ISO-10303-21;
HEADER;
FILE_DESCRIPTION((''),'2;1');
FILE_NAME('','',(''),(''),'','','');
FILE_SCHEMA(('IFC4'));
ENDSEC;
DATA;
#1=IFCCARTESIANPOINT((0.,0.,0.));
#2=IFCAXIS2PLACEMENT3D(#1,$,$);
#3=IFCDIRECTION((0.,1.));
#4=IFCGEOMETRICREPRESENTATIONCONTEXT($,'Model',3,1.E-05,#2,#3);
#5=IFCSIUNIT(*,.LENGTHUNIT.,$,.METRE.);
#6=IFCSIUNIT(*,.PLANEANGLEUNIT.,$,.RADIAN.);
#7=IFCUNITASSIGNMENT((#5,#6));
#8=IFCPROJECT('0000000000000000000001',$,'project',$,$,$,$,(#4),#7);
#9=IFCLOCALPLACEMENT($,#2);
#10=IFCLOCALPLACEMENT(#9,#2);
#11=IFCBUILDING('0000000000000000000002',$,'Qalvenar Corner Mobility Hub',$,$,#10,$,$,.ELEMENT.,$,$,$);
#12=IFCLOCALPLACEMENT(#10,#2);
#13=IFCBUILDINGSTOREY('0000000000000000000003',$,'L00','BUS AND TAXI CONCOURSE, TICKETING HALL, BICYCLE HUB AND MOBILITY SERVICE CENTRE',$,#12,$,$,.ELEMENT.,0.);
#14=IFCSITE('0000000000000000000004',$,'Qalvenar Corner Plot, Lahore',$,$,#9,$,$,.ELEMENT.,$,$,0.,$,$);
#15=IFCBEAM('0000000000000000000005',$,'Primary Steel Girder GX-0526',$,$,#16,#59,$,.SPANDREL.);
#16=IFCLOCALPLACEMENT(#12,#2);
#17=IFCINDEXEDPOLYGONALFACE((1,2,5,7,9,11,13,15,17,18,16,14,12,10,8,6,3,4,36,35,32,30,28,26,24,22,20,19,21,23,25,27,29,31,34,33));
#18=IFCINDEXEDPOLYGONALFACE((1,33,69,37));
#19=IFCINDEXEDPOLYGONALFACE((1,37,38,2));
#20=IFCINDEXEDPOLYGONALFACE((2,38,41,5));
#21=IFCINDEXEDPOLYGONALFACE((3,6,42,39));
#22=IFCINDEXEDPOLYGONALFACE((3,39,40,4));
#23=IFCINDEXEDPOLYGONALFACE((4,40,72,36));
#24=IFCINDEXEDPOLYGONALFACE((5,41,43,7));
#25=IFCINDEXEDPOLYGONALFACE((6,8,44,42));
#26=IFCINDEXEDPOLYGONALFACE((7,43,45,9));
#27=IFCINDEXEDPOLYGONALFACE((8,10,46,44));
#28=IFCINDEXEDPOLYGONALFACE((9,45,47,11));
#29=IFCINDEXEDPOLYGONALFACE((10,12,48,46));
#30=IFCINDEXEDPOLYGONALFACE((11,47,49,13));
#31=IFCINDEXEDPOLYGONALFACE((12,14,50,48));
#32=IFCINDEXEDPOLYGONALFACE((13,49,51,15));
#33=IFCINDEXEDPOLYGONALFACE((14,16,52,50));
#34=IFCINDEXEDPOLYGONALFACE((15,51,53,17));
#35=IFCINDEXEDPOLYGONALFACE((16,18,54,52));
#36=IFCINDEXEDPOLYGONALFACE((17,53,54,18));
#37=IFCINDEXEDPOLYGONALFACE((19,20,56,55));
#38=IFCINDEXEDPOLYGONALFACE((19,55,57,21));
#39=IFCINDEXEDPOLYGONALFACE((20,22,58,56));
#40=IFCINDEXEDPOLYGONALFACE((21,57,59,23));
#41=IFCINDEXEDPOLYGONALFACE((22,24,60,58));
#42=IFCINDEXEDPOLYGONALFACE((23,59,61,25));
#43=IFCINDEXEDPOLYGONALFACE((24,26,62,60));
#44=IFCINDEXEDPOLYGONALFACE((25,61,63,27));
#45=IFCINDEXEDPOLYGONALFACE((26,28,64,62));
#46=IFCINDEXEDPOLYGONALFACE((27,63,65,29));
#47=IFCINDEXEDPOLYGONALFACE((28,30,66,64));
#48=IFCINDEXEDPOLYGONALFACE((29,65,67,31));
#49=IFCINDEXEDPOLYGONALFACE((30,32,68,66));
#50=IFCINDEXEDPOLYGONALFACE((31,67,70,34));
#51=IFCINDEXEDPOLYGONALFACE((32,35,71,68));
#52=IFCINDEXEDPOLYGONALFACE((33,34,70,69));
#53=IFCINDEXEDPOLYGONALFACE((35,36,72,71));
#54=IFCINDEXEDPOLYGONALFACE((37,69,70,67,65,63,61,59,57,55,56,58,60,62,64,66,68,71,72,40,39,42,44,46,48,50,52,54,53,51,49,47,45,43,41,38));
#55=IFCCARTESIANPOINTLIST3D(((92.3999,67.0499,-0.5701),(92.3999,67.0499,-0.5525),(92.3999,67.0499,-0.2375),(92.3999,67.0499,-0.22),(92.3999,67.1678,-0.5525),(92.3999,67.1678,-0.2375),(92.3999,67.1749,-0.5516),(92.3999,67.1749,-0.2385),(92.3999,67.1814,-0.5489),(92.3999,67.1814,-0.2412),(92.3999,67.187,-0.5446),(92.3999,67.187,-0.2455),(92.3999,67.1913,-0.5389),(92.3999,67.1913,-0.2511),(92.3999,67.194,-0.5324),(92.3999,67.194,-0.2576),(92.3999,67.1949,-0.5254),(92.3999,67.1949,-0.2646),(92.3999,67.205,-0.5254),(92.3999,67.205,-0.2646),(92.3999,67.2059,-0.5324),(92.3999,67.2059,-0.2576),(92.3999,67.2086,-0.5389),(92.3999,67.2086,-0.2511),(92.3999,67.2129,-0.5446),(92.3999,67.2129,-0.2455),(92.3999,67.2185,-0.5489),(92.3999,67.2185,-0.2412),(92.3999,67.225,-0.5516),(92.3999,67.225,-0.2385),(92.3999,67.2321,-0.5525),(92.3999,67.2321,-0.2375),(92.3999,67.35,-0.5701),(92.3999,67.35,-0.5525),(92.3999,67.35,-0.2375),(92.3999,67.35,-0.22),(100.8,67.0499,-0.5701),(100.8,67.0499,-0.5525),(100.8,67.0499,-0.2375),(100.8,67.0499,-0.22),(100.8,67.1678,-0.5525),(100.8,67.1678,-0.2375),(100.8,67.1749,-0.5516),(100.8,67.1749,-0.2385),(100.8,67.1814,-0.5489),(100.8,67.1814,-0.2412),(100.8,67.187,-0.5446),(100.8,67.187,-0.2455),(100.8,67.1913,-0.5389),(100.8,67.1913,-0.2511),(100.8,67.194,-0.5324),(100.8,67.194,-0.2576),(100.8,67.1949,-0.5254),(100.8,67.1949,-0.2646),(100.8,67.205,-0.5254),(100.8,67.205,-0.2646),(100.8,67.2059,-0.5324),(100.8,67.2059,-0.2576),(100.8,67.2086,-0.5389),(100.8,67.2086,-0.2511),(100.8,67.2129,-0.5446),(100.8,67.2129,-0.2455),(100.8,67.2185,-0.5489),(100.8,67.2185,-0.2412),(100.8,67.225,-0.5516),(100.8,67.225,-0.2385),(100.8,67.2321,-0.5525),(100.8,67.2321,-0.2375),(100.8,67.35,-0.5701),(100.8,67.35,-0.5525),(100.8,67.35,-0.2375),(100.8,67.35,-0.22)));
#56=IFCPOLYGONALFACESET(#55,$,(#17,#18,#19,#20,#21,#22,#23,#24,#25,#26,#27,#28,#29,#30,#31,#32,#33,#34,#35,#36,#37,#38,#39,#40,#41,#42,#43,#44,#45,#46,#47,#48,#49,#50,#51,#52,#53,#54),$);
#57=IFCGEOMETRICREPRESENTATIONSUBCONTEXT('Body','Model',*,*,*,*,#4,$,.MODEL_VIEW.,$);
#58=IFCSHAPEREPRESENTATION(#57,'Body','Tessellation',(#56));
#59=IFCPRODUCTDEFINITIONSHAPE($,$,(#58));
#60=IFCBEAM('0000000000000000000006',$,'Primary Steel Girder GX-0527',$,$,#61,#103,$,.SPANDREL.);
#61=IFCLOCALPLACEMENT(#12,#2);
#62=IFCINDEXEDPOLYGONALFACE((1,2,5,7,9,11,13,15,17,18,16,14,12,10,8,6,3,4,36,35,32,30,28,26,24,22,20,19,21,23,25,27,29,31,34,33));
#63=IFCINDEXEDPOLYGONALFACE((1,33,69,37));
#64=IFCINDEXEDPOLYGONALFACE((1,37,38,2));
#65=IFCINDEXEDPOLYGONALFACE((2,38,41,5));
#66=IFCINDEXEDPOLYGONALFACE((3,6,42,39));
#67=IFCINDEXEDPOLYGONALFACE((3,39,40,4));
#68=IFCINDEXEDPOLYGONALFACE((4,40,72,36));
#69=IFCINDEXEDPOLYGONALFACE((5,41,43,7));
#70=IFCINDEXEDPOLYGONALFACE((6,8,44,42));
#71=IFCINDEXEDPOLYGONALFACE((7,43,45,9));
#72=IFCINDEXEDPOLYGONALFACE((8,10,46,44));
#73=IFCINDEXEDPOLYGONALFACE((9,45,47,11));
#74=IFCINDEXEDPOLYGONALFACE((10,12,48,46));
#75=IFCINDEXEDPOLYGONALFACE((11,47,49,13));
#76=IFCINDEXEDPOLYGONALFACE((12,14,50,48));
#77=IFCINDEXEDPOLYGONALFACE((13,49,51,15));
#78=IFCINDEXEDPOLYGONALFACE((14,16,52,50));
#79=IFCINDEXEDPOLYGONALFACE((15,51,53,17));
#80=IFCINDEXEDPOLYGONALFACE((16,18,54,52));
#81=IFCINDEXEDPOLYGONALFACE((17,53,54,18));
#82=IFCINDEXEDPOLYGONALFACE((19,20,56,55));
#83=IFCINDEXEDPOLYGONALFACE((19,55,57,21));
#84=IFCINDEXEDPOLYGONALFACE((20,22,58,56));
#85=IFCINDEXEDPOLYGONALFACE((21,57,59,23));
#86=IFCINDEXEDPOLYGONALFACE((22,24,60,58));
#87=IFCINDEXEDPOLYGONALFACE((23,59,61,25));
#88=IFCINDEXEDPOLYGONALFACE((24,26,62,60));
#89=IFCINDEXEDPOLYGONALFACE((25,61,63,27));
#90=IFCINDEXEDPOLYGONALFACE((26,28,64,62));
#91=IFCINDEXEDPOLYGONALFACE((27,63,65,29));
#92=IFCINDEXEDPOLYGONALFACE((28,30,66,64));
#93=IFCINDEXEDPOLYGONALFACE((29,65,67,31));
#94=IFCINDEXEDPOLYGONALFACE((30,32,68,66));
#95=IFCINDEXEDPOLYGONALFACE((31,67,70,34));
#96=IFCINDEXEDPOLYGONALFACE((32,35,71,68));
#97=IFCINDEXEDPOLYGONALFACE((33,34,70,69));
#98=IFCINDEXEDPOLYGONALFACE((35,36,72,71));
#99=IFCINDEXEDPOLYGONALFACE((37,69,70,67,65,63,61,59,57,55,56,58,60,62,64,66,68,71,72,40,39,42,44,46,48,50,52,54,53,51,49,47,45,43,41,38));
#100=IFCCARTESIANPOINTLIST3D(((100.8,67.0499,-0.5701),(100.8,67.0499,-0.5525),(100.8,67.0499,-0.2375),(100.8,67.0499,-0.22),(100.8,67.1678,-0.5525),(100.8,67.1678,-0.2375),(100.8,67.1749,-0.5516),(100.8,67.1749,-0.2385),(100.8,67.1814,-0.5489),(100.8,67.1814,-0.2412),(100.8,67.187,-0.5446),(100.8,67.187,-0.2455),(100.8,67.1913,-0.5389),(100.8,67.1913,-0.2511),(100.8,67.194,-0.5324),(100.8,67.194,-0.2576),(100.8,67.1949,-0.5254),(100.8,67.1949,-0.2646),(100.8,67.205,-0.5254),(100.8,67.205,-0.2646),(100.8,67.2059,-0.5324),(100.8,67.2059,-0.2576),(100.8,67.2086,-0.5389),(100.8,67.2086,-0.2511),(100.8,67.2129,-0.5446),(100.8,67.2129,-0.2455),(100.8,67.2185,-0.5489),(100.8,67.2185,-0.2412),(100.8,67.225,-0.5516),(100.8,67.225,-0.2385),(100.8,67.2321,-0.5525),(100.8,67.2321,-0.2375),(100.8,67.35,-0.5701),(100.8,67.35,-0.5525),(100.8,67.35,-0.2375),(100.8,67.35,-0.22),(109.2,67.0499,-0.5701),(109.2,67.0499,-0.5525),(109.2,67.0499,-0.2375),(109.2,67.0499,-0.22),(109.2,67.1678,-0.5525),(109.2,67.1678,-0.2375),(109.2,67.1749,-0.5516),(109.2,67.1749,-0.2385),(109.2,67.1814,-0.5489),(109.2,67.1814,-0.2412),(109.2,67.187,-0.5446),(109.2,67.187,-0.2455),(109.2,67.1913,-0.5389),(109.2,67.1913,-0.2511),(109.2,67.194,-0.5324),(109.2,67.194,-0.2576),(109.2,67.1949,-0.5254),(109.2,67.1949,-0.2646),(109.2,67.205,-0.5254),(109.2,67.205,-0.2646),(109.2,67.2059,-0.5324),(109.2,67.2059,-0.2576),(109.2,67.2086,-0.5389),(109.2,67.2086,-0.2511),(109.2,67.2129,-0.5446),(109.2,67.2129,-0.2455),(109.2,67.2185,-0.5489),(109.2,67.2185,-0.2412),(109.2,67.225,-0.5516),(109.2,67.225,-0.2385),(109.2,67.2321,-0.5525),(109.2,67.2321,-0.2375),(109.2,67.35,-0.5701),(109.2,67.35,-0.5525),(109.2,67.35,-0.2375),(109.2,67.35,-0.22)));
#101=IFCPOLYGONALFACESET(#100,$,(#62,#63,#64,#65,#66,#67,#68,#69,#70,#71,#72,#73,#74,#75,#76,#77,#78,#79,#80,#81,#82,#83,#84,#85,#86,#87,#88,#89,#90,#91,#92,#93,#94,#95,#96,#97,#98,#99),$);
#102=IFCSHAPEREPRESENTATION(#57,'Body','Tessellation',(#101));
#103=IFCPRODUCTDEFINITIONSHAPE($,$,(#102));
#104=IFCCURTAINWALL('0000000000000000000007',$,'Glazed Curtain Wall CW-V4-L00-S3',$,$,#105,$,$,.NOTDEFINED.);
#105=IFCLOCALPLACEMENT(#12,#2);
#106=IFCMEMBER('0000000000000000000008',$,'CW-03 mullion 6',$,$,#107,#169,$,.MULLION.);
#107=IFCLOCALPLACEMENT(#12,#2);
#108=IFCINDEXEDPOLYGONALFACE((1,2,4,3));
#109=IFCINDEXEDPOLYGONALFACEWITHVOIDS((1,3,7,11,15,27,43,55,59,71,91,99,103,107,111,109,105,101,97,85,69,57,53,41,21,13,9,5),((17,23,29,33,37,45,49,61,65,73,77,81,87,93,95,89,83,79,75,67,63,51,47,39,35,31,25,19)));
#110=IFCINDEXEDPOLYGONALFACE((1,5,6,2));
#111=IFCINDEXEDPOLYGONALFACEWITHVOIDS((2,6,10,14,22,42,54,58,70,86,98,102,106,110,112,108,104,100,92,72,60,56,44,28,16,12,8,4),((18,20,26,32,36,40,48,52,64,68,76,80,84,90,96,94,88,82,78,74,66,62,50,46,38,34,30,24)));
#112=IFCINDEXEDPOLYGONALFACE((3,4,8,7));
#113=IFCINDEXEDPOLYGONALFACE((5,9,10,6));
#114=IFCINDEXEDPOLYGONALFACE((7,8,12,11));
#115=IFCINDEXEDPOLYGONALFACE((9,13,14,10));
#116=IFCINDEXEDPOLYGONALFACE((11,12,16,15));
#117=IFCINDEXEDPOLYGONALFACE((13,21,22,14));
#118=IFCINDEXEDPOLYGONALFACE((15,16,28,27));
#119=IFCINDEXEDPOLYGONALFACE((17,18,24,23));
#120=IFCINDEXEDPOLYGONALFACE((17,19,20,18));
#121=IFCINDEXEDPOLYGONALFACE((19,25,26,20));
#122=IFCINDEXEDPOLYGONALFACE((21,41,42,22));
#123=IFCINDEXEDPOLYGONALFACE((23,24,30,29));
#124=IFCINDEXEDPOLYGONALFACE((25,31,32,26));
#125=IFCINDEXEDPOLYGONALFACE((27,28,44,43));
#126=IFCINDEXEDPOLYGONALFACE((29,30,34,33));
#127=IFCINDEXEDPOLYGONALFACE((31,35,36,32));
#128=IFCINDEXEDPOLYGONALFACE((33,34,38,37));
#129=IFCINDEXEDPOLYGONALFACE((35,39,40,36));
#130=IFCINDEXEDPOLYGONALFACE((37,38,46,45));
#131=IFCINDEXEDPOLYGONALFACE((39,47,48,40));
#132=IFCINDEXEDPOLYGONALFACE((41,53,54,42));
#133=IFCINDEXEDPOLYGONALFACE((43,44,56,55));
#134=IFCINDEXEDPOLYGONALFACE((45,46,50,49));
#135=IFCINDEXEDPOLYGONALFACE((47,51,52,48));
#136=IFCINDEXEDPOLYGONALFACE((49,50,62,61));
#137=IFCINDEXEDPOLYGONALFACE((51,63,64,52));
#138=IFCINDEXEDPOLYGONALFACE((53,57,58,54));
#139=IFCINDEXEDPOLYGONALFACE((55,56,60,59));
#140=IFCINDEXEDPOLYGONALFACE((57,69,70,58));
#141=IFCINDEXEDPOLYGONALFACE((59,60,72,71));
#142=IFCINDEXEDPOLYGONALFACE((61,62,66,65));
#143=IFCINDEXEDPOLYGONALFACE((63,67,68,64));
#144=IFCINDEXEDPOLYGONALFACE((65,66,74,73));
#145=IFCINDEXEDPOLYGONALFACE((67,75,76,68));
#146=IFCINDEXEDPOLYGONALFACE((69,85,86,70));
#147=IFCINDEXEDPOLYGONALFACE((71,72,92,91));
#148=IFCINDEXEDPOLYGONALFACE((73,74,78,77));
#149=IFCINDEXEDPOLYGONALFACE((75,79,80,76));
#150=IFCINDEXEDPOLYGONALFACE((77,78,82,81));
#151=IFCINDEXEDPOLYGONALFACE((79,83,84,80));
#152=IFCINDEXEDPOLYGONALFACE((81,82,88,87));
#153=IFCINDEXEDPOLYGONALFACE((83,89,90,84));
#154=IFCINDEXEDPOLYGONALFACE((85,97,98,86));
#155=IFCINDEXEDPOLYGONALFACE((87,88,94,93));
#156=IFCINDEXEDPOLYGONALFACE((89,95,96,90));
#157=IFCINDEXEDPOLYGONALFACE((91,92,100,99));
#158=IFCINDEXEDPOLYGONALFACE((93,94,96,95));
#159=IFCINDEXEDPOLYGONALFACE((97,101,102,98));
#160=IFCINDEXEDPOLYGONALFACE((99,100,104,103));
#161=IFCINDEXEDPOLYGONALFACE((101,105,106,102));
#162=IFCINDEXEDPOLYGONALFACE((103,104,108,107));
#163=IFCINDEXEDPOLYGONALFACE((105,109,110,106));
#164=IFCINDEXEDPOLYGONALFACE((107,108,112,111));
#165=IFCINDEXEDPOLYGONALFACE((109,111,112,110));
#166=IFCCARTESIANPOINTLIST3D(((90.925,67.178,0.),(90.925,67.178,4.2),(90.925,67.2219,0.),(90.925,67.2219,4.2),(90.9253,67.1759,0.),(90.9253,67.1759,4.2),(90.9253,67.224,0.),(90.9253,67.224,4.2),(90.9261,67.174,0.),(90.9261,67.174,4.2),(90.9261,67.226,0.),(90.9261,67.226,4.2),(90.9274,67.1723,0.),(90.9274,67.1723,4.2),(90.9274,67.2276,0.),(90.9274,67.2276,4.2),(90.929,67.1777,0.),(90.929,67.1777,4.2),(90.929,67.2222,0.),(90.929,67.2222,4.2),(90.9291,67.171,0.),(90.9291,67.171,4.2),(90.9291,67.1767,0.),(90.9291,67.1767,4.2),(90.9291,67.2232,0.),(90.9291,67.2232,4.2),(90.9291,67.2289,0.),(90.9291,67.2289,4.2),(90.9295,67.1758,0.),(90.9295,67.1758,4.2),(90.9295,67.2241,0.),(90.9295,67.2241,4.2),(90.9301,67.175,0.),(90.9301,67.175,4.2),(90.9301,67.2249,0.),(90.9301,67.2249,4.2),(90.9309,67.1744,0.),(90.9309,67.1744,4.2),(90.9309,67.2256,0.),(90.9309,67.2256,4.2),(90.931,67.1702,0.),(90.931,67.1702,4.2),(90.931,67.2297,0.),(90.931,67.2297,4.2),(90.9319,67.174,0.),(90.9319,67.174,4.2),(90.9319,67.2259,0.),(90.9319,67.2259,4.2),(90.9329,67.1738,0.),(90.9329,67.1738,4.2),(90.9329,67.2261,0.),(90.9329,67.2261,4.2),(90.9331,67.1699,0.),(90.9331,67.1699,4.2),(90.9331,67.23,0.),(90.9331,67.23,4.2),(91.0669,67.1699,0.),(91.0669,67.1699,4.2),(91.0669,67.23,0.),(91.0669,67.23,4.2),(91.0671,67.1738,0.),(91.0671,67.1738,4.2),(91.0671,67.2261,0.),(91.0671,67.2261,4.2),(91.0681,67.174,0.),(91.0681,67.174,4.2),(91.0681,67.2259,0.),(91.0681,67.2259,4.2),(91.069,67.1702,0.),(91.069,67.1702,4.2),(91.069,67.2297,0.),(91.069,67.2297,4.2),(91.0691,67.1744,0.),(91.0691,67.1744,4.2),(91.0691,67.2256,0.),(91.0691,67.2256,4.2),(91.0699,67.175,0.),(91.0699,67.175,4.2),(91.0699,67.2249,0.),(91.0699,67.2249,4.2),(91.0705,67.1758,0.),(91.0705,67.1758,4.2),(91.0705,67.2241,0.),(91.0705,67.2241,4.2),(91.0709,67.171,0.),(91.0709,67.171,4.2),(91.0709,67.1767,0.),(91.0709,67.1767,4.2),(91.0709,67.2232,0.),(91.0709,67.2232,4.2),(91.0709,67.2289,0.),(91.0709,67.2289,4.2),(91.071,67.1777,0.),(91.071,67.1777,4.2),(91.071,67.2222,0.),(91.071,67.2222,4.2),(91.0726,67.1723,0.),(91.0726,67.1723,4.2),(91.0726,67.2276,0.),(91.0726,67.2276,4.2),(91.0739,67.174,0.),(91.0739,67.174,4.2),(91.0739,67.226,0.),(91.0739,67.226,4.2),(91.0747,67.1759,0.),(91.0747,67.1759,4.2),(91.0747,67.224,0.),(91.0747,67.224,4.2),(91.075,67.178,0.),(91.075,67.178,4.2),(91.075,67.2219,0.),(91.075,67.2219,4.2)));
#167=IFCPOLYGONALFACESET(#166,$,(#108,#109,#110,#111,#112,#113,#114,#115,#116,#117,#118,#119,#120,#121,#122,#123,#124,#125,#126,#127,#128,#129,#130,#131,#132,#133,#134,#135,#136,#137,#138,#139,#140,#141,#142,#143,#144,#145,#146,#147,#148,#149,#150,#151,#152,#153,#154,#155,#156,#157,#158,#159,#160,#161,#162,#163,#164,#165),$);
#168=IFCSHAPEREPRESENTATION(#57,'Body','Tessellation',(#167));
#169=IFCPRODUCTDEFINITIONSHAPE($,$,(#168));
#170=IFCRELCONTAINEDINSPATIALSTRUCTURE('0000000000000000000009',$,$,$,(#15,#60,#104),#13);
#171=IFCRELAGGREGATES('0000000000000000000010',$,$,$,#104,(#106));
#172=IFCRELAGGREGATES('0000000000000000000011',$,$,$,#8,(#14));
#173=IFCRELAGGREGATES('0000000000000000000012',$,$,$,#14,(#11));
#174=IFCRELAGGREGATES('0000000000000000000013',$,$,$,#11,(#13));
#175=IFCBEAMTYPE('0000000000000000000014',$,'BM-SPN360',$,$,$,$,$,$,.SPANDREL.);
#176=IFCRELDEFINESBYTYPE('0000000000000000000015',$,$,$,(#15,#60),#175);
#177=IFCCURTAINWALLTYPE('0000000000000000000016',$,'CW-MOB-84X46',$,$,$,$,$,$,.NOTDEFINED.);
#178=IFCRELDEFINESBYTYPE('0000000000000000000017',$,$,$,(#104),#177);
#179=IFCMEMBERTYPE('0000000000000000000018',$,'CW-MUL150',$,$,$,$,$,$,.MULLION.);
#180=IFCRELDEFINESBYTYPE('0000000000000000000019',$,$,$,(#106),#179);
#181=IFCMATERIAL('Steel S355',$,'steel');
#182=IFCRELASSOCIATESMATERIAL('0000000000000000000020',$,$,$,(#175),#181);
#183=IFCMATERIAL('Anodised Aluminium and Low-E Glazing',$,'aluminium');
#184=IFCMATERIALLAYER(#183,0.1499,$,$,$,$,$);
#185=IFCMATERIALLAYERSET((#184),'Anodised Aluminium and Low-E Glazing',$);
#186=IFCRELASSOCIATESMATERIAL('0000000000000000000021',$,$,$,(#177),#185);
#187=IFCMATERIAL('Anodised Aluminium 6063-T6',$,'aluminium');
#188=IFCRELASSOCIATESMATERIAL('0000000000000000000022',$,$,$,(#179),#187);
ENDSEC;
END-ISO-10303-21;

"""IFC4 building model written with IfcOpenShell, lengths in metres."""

from ifc_helpers import new_model, si_unit, direction, frame, origin, origin_2d, place, context, subcontext, project, spatial, hollow_rectangle, i_section, extrude, material, layer, layer_set, material_profile, profile_set, type_object, element, aggregate, save


model = new_model("IFC4")

# Units and contexts
model_context = context("Model", 3, precision=1e-05, world=origin(), true_north=direction((0.0, 1.0)))
body_context = subcontext(model_context, "Body", "Model", "MODEL_VIEW")
ifc_project = project(units=[si_unit("LENGTHUNIT", "METRE"), si_unit("PLANEANGLEUNIT", "RADIAN")], contexts=[model_context])

# Site, building, storey
site_placement = place(None, origin())
site = spatial("IfcSite", under=ifc_project, at=site_placement, Name="Qalvenar Corner Plot, Lahore", CompositionType="ELEMENT", RefElevation=0.0)
building_placement = place(site_placement, origin())
building = spatial("IfcBuilding", under=site, at=building_placement, Name="Qalvenar Corner Mobility Hub", CompositionType="ELEMENT")
storey_placement = place(building_placement, origin())
storey = spatial("IfcBuildingStorey", under=building, at=storey_placement, Name="L00", Description="BUS AND TAXI CONCOURSE, TICKETING HALL, BICYCLE HUB AND MOBILITY SERVICE CENTRE", CompositionType="ELEMENT", Elevation=0.0)

# Shared definitions
ifc_material_1 = material(Name="Steel S355", Category="steel")

# Beams
ifc_material_profile_1 = material_profile(ifc_material_1, i_section(OverallWidth=0.3, OverallDepth=0.3501, WebThickness=0.01, FlangeThickness=0.0176, FilletRadius=0.0271, at=origin_2d()), Name="HEA360")
ifc_profile_set_1 = profile_set([ifc_material_profile_1], Name="Steel S355")
beam_type_1 = type_object("IfcBeamType", Name="BM-SPN360", PredefinedType="SPANDREL", material=ifc_profile_set_1)
beam_1_placement = place(storey_placement, frame((92.3999, 67.2, -0.395), z_axis=(1.0, 0.0, 0.0), x_axis=(0.0, 1.0, 0.0)))
element("IfcBeam", 1, at=beam_1_placement, inside=storey, type_object=beam_type_1, Name="Primary Steel Girder GX-0526", PredefinedType="SPANDREL", context=body_context, shape_type="SweptSolid", body=[
    extrude(i_section(OverallWidth=0.3, OverallDepth=0.3501, WebThickness=0.01, FlangeThickness=0.0176, FilletRadius=0.0271, at=origin_2d()), origin(), (0.0, 0.0, 1.0), 8.4001),
])
beam_2_placement = place(storey_placement, frame((100.8, 67.2, -0.395), z_axis=(1.0, 0.0, 0.0), x_axis=(0.0, 1.0, 0.0)))
element("IfcBeam", 2, at=beam_2_placement, inside=storey, type_object=beam_type_1, Name="Primary Steel Girder GX-0527", PredefinedType="SPANDREL", context=body_context, shape_type="SweptSolid", body=[
    extrude(i_section(OverallWidth=0.3, OverallDepth=0.3501, WebThickness=0.01, FlangeThickness=0.0176, FilletRadius=0.0271, at=origin_2d()), origin(), (0.0, 0.0, 1.0), 8.3999),
])

# Curtain wall, member
ifc_material_2 = material(Name="Anodised Aluminium and Low-E Glazing", Category="aluminium")
ifc_layer_1 = layer(ifc_material_2, 0.1499)
ifc_layer_set_1 = layer_set([ifc_layer_1], Name="Anodised Aluminium and Low-E Glazing")
curtain_wall_type = type_object("IfcCurtainWallType", Name="CW-MOB-84X46", PredefinedType="NOTDEFINED", material=ifc_layer_set_1)
curtain_wall_1_placement = place(storey_placement, origin())
curtain_wall_1 = element("IfcCurtainWall", 3, at=curtain_wall_1_placement, inside=storey, type_object=curtain_wall_type, Name="Glazed Curtain Wall CW-V4-L00-S3", PredefinedType="NOTDEFINED")
ifc_material_3 = material(Name="Anodised Aluminium 6063-T6", Category="aluminium")
ifc_material_profile_2 = material_profile(ifc_material_3, hollow_rectangle(XDim=0.0601, YDim=0.1499, WallThickness=0.0039, InnerFilletRadius=0.0039, OuterFilletRadius=0.0081, at=origin_2d()), Name="RHS150x60x4")
ifc_profile_set_2 = profile_set([ifc_material_profile_2], Name="Anodised Aluminium 6063-T6")
member_type_1 = type_object("IfcMemberType", Name="CW-MUL150", PredefinedType="MULLION", material=ifc_profile_set_2)
member_1_placement = place(storey_placement, frame((91.0, 67.2, 0.0), z_axis=(0.0, 0.0, 1.0), x_axis=(0.0, 1.0, 0.0)))
member_1 = element("IfcMember", 4, at=member_1_placement, type_object=member_type_1, Name="CW-03 mullion 6", PredefinedType="MULLION", context=body_context, shape_type="SweptSolid", body=[
    extrude(hollow_rectangle(XDim=0.0601, YDim=0.1499, WallThickness=0.0039, InnerFilletRadius=0.0039, OuterFilletRadius=0.0081, at=origin_2d()), origin(), (0.0, 0.0, 1.0), 4.2),
])

aggregate(curtain_wall_1, [member_1])

save(model, "model.ifc")
